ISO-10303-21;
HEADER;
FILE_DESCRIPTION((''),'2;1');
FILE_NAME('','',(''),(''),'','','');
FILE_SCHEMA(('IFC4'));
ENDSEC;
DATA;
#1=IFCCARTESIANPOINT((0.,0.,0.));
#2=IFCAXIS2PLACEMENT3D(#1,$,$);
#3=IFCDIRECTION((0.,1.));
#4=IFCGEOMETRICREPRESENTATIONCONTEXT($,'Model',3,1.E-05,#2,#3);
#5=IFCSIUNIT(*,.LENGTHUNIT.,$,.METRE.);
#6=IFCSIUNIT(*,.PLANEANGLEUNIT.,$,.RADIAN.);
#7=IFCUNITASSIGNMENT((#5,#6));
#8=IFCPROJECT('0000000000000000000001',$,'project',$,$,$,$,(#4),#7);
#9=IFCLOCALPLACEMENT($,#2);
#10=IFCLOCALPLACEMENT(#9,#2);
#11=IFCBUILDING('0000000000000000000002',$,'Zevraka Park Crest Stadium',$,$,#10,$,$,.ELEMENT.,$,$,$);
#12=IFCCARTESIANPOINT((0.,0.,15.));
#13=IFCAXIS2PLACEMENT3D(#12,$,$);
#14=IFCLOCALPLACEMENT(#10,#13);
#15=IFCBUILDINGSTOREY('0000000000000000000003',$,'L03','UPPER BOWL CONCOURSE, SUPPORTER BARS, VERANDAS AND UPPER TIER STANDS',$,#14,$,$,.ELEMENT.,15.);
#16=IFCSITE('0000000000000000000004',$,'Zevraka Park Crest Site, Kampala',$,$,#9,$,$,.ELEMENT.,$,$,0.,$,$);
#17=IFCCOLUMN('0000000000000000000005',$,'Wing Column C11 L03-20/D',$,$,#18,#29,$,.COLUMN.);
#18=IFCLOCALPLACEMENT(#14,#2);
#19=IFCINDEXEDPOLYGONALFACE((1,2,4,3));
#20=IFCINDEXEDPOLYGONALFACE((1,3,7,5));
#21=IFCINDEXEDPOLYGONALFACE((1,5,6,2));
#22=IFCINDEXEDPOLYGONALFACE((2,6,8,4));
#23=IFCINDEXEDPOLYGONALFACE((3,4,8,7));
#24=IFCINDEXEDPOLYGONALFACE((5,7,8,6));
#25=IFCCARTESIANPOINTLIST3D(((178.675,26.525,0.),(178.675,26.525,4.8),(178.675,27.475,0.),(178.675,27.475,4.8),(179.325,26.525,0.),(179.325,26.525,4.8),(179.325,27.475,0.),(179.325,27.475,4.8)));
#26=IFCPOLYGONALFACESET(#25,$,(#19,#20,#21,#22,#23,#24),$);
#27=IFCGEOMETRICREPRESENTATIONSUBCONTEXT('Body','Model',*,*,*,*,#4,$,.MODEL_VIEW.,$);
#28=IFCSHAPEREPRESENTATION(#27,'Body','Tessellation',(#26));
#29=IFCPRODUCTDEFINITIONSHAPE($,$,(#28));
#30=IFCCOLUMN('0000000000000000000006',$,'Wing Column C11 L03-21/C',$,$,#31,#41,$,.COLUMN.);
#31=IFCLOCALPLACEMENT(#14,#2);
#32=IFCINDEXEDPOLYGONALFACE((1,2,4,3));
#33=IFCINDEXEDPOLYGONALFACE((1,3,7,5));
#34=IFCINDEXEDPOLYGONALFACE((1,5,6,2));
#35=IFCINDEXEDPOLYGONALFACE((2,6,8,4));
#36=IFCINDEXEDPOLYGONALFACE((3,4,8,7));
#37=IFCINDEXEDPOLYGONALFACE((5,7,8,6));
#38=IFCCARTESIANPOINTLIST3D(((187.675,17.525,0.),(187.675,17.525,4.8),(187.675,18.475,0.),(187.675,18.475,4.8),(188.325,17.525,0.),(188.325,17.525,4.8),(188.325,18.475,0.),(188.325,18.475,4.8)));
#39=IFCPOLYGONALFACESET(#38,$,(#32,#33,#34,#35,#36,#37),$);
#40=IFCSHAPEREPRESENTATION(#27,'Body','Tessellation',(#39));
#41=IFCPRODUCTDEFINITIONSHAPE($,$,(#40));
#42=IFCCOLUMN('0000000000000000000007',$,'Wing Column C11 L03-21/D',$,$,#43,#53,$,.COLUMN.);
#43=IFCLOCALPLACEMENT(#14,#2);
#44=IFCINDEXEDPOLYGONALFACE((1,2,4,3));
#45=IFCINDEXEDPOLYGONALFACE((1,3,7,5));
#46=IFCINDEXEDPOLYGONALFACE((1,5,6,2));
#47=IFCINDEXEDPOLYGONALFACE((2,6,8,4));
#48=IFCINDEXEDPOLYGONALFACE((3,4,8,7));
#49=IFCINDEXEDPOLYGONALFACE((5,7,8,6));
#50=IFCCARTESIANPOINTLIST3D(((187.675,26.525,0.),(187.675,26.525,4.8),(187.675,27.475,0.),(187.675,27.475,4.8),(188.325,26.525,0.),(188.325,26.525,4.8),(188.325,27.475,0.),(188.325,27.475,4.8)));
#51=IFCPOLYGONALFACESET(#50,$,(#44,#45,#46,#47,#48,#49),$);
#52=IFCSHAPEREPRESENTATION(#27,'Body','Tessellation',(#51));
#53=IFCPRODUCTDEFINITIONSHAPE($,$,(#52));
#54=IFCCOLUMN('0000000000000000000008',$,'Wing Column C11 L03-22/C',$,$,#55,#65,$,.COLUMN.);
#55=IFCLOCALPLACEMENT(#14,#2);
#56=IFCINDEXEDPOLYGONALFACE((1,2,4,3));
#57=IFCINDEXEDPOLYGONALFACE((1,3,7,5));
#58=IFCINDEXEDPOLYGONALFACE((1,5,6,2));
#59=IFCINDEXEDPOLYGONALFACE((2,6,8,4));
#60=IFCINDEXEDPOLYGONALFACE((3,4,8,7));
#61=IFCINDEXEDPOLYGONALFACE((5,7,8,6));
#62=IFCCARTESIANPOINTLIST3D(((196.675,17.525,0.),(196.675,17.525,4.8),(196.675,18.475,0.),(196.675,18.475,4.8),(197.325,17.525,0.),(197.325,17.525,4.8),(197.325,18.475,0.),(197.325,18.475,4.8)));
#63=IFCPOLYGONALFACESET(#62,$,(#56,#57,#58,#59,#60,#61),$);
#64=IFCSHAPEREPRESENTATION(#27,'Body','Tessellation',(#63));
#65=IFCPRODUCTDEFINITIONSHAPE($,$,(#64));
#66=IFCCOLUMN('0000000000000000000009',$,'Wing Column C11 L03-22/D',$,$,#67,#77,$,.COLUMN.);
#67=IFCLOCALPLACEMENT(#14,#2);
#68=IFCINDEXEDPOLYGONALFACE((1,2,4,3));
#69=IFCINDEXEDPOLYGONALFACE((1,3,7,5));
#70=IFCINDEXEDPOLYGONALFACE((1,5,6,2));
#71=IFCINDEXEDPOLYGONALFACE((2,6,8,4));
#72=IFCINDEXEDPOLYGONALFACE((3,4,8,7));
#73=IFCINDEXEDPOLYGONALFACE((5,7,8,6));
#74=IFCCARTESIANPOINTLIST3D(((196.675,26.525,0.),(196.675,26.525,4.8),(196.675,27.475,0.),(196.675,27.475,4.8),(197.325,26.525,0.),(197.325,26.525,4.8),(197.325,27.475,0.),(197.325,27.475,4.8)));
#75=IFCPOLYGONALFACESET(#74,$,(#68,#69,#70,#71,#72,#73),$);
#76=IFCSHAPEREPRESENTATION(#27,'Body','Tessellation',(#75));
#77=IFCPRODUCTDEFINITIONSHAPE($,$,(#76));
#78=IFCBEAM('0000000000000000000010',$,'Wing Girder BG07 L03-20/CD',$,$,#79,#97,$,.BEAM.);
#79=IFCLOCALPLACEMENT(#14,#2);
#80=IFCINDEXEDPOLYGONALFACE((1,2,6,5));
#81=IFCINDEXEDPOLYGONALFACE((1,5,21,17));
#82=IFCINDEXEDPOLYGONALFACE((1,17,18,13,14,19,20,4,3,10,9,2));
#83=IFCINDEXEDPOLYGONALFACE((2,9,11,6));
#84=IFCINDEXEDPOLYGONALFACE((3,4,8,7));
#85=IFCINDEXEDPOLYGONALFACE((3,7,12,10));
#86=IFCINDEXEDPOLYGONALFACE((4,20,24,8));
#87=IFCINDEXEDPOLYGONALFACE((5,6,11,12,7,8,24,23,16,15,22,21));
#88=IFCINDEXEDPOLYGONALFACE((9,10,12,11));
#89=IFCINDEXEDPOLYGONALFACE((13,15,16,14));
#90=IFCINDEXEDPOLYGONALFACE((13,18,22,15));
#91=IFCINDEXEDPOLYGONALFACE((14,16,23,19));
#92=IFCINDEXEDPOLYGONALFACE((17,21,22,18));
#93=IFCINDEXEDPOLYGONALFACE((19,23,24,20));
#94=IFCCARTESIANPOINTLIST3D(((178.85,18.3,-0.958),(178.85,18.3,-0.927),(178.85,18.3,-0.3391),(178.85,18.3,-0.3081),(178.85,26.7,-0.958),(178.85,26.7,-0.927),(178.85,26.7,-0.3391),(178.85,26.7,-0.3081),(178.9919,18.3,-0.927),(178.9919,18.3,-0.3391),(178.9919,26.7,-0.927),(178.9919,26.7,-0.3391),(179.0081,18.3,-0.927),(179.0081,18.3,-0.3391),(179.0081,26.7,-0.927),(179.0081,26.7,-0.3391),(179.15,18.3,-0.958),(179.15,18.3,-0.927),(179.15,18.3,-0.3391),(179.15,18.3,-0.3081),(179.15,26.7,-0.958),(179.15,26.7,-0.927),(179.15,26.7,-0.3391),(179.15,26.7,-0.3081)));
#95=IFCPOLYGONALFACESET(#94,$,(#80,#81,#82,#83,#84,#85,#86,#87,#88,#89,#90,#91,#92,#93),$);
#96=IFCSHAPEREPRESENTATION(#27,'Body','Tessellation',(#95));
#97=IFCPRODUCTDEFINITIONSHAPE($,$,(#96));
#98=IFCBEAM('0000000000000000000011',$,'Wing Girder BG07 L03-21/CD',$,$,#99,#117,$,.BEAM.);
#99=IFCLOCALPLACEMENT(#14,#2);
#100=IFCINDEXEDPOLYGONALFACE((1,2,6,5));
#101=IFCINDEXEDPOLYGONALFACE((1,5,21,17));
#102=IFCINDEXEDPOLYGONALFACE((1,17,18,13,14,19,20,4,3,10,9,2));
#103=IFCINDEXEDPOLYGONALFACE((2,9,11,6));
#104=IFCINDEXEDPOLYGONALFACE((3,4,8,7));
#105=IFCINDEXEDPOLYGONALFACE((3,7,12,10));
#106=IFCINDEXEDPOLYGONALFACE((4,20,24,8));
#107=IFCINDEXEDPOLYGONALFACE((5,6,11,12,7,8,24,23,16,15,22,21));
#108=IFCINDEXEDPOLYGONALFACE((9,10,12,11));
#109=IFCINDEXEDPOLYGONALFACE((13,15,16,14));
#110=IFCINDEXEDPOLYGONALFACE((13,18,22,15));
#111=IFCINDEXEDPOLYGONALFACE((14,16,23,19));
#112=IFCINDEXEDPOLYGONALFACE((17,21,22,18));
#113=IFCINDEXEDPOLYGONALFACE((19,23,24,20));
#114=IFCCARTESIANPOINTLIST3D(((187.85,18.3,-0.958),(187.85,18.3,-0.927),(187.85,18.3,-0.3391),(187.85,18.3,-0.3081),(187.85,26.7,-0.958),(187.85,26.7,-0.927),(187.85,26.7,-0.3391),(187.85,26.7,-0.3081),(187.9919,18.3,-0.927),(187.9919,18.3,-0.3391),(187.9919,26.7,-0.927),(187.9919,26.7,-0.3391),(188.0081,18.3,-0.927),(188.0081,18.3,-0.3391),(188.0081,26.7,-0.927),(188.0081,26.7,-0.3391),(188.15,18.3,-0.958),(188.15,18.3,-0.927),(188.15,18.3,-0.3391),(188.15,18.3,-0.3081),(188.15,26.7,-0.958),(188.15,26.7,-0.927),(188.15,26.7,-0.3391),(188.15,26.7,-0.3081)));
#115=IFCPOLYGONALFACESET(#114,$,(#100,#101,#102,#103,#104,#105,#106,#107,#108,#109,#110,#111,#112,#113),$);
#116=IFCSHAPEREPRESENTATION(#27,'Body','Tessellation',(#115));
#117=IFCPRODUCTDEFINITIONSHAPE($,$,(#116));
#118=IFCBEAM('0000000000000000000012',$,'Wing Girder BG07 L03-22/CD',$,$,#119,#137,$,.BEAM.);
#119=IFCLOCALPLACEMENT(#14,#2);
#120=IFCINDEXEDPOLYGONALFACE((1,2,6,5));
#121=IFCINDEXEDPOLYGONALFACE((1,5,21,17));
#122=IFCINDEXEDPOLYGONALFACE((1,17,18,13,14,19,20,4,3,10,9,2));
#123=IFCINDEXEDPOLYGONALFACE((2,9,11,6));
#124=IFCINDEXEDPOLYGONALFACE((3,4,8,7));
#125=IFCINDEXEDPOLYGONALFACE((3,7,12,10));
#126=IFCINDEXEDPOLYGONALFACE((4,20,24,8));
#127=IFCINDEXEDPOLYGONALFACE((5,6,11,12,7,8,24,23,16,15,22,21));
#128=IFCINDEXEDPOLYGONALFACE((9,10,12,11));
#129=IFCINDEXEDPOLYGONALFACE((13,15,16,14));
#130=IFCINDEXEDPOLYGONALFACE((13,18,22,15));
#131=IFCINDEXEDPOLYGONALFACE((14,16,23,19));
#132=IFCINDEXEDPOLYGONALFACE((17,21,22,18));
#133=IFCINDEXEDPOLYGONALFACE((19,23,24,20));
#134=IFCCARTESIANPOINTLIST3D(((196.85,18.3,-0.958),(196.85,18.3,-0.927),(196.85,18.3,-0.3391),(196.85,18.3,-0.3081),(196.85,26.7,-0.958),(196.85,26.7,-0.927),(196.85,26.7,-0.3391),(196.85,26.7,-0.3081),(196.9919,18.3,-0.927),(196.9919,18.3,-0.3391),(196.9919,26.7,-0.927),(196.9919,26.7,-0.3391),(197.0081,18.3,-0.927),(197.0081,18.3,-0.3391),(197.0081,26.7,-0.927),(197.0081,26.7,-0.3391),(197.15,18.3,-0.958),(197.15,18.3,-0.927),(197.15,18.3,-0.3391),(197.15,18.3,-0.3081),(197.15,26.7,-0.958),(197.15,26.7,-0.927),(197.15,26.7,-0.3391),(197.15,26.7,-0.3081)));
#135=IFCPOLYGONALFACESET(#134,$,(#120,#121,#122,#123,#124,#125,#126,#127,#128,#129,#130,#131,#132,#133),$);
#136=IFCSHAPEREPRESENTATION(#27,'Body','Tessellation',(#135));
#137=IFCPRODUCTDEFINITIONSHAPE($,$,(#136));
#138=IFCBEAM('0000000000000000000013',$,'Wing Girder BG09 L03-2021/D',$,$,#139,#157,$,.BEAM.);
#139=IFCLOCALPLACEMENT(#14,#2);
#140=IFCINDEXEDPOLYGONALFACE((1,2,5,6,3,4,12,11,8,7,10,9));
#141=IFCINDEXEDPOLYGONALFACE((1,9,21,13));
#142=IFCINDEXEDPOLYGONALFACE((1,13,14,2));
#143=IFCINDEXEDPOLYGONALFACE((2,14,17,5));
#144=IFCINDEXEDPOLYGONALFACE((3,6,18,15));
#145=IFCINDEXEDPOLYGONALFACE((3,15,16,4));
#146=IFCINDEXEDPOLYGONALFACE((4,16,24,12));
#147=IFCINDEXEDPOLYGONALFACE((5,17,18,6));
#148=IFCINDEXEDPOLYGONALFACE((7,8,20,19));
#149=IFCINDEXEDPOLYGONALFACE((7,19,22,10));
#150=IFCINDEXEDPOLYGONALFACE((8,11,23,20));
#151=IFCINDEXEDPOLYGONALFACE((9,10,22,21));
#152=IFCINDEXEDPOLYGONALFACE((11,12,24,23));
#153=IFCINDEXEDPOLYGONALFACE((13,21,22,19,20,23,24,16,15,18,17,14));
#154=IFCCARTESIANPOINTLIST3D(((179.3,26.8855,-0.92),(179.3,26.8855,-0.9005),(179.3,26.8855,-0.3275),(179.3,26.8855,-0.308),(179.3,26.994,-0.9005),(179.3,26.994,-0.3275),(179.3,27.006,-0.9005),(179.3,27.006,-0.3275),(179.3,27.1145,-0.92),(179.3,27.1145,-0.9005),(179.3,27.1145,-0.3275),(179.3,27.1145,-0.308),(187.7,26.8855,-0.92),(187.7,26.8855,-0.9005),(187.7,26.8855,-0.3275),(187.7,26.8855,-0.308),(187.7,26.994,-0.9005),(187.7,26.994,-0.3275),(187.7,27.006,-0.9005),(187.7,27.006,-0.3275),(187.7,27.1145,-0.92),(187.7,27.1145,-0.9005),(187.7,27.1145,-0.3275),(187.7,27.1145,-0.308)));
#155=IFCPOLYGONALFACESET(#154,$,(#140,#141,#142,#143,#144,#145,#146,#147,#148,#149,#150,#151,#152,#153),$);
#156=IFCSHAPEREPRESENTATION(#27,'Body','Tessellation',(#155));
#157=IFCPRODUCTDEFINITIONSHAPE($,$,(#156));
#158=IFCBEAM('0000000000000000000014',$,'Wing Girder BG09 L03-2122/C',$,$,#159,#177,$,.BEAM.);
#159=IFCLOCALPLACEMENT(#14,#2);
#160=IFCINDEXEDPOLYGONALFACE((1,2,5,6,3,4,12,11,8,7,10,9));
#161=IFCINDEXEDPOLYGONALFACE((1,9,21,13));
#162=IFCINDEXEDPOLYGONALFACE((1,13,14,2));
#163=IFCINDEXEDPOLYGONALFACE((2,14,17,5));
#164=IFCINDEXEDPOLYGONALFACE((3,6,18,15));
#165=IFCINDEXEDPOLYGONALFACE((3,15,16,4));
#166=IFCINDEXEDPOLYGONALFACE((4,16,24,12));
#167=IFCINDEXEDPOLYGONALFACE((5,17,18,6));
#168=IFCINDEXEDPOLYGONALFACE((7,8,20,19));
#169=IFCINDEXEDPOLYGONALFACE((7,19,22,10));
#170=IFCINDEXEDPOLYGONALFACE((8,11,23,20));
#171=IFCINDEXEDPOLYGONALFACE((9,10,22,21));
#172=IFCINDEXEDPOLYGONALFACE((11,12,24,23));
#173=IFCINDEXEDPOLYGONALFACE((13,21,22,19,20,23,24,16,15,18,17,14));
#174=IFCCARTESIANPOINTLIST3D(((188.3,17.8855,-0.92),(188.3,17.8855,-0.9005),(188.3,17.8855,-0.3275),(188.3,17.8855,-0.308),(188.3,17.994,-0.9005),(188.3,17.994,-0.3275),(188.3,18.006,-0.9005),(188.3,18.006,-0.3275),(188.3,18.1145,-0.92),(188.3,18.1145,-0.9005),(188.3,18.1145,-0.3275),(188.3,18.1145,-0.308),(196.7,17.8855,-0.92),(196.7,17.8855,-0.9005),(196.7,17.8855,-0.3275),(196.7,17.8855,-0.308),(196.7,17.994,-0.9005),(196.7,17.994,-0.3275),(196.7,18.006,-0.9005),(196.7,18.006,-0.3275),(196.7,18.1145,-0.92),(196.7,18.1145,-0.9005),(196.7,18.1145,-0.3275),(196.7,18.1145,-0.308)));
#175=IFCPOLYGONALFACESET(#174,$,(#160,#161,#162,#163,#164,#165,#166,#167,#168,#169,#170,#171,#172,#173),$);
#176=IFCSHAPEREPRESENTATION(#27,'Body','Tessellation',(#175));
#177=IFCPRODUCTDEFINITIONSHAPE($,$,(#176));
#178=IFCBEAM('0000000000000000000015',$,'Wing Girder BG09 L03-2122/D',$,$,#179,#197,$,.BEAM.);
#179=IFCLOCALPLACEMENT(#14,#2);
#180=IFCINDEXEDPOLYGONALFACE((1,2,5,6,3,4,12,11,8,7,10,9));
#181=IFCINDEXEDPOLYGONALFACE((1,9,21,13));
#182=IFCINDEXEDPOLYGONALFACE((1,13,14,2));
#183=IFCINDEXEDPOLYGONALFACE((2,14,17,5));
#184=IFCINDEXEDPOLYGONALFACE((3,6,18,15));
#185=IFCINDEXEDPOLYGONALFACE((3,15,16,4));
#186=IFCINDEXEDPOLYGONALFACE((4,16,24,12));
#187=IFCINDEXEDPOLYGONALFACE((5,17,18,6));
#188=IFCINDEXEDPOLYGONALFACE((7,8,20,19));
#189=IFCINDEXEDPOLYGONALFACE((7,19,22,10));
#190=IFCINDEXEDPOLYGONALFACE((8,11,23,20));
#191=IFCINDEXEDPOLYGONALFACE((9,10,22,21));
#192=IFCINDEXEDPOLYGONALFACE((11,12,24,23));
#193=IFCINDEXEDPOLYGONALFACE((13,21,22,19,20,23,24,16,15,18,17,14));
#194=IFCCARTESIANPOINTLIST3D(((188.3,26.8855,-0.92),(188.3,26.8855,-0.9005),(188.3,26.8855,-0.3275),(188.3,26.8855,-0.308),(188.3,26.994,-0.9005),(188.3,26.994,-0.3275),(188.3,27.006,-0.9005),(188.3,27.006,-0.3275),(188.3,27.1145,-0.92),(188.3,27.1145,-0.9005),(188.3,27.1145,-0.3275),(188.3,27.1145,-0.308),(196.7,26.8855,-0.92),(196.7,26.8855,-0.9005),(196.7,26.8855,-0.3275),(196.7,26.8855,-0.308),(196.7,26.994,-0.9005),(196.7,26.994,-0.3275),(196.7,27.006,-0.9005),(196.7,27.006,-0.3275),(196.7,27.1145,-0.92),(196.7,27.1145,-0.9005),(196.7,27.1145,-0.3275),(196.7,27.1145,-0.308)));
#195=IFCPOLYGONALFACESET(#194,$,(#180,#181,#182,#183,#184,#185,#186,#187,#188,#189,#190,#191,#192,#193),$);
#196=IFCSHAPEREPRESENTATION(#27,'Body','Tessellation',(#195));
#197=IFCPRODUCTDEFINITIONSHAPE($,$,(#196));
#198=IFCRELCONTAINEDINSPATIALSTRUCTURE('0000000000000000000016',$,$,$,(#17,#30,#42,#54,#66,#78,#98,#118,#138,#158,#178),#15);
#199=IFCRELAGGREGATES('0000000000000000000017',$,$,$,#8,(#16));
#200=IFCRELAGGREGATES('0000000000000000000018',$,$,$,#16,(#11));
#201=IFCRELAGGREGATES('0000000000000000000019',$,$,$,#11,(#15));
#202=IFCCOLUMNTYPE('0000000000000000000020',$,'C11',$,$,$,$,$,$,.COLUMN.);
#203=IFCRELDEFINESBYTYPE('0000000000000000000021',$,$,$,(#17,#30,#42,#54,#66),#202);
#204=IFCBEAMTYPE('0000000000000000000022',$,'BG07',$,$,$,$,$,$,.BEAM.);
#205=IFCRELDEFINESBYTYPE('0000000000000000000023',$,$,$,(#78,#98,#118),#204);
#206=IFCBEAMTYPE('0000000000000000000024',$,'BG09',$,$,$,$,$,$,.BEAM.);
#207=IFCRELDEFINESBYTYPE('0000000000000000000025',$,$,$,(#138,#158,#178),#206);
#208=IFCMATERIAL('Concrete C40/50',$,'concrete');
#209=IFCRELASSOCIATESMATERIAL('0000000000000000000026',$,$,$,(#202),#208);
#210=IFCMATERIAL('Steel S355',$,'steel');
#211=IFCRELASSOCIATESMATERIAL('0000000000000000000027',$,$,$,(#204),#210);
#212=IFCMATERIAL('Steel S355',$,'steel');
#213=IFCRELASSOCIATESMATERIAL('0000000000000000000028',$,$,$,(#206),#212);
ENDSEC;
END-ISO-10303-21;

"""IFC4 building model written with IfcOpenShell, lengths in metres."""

from ifc_helpers import new_model, si_unit, direction, frame, origin, origin_2d, place, context, subcontext, project, spatial, rectangle, i_section, extrude, material, material_profile, profile_set, type_object, element, save


model = new_model("IFC4")

# Units and contexts
model_context = context("Model", 3, precision=1e-05, world=origin(), true_north=direction((0.0, 1.0)))
body_context = subcontext(model_context, "Body", "Model", "MODEL_VIEW")
ifc_project = project(units=[si_unit("LENGTHUNIT", "METRE"), si_unit("PLANEANGLEUNIT", "RADIAN")], contexts=[model_context])

# Site, building, storey
site_placement = place(None, origin())
site = spatial("IfcSite", under=ifc_project, at=site_placement, Name="Zevraka Park Crest Site, Kampala", CompositionType="ELEMENT", RefElevation=0.0)
building_placement = place(site_placement, origin())
building = spatial("IfcBuilding", under=site, at=building_placement, Name="Zevraka Park Crest Stadium", CompositionType="ELEMENT")
storey_placement = place(building_placement, frame((0.0, 0.0, 15.0)))
storey = spatial("IfcBuildingStorey", under=building, at=storey_placement, Name="L03", Description="UPPER BOWL CONCOURSE, SUPPORTER BARS, VERANDAS AND UPPER TIER STANDS", CompositionType="ELEMENT", Elevation=15.0)

# Columns
ifc_material_1 = material(Name="Concrete C40/50", Category="concrete")
ifc_material_profile_1 = material_profile(ifc_material_1, rectangle(XDim=0.6499, YDim=0.95, at=origin_2d()), Name="RC 950x650")
ifc_profile_set_1 = profile_set([ifc_material_profile_1], Name="Concrete C40/50")
column_type = type_object("IfcColumnType", Name="C11", PredefinedType="COLUMN", material=ifc_profile_set_1)
for number, where, z_axis, x_axis, name in (
    (1, (179.0, 27.0, 0.0), (0.0, 0.0, 1.0), (1.0, 0.0, 0.0), "Wing Column C11 L03-20/D"),
    (2, (188.0, 18.0, 0.0), (0.0, 0.0, 1.0), (1.0, 0.0, 0.0), "Wing Column C11 L03-21/C"),
    (3, (188.0, 27.0, 0.0), (0.0, 0.0, 1.0), (1.0, 0.0, 0.0), "Wing Column C11 L03-21/D"),
    (4, (197.0, 18.0, 0.0), (0.0, 0.0, 1.0), (1.0, 0.0, 0.0), "Wing Column C11 L03-22/C"),
    (5, (197.0, 27.0, 0.0), (0.0, 0.0, 1.0), (1.0, 0.0, 0.0), "Wing Column C11 L03-22/D"),
):
    element("IfcColumn", number, at=place(storey_placement, frame(where, z_axis=z_axis, x_axis=x_axis)), inside=storey, type_object=column_type, Name=name, PredefinedType="COLUMN", context=body_context, shape_type="SweptSolid", body=[
        extrude(rectangle(XDim=0.6499, YDim=0.95, at=origin_2d()), origin(), (0.0, 0.0, 1.0), 4.8),
    ])

# Beams
ifc_material_2 = material(Name="Steel S355", Category="steel")
ifc_material_profile_2 = material_profile(ifc_material_2, i_section(OverallWidth=0.3, OverallDepth=0.6499, WebThickness=0.0161, FlangeThickness=0.031, at=origin_2d()), Name="HEB 650")
ifc_profile_set_2 = profile_set([ifc_material_profile_2], Name="Steel S355")
beam_type_1 = type_object("IfcBeamType", Name="BG07", PredefinedType="BEAM", material=ifc_profile_set_2)
for number, where, z_axis, x_axis, name in (
    (6, (179.0, 18.3, -0.6331), (0.0, 1.0, 0.0), (-1.0, 0.0, 0.0), "Wing Girder BG07 L03-20/CD"),
    (7, (188.0, 18.3, -0.6331), (0.0, 1.0, 0.0), (-1.0, 0.0, 0.0), "Wing Girder BG07 L03-21/CD"),
    (8, (197.0, 18.3, -0.6331), (0.0, 1.0, 0.0), (-1.0, 0.0, 0.0), "Wing Girder BG07 L03-22/CD"),
):
    element("IfcBeam", number, at=place(storey_placement, frame(where, z_axis=z_axis, x_axis=x_axis)), inside=storey, type_object=beam_type_1, Name=name, PredefinedType="BEAM", context=body_context, shape_type="SweptSolid", body=[
        extrude(i_section(OverallWidth=0.3, OverallDepth=0.6499, WebThickness=0.0161, FlangeThickness=0.031, at=origin_2d()), origin(), (0.0, 0.0, 1.0), 8.3999),
    ])
ifc_material_3 = material(Name="Steel S355", Category="steel")
ifc_material_profile_3 = material_profile(ifc_material_3, i_section(OverallWidth=0.229, OverallDepth=0.6121, WebThickness=0.012, FlangeThickness=0.0195, at=origin_2d()), Name="UKB 610x229x125")
ifc_profile_set_3 = profile_set([ifc_material_profile_3], Name="Steel S355")
beam_type_2 = type_object("IfcBeamType", Name="BG09", PredefinedType="BEAM", material=ifc_profile_set_3)
for number, where, z_axis, x_axis, name in (
    (9, (179.3, 27.0, -0.614), (1.0, 0.0, 0.0), (0.0, 1.0, 0.0), "Wing Girder BG09 L03-2021/D"),
    (10, (188.3, 18.0, -0.614), (1.0, 0.0, 0.0), (0.0, 1.0, 0.0), "Wing Girder BG09 L03-2122/C"),
    (11, (188.3, 27.0, -0.614), (1.0, 0.0, 0.0), (0.0, 1.0, 0.0), "Wing Girder BG09 L03-2122/D"),
):
    element("IfcBeam", number, at=place(storey_placement, frame(where, z_axis=z_axis, x_axis=x_axis)), inside=storey, type_object=beam_type_2, Name=name, PredefinedType="BEAM", context=body_context, shape_type="SweptSolid", body=[
        extrude(i_section(OverallWidth=0.229, OverallDepth=0.6121, WebThickness=0.012, FlangeThickness=0.0195, at=origin_2d()), origin(), (0.0, 0.0, 1.0), 8.3999),
    ])

save(model, "model.ifc")
